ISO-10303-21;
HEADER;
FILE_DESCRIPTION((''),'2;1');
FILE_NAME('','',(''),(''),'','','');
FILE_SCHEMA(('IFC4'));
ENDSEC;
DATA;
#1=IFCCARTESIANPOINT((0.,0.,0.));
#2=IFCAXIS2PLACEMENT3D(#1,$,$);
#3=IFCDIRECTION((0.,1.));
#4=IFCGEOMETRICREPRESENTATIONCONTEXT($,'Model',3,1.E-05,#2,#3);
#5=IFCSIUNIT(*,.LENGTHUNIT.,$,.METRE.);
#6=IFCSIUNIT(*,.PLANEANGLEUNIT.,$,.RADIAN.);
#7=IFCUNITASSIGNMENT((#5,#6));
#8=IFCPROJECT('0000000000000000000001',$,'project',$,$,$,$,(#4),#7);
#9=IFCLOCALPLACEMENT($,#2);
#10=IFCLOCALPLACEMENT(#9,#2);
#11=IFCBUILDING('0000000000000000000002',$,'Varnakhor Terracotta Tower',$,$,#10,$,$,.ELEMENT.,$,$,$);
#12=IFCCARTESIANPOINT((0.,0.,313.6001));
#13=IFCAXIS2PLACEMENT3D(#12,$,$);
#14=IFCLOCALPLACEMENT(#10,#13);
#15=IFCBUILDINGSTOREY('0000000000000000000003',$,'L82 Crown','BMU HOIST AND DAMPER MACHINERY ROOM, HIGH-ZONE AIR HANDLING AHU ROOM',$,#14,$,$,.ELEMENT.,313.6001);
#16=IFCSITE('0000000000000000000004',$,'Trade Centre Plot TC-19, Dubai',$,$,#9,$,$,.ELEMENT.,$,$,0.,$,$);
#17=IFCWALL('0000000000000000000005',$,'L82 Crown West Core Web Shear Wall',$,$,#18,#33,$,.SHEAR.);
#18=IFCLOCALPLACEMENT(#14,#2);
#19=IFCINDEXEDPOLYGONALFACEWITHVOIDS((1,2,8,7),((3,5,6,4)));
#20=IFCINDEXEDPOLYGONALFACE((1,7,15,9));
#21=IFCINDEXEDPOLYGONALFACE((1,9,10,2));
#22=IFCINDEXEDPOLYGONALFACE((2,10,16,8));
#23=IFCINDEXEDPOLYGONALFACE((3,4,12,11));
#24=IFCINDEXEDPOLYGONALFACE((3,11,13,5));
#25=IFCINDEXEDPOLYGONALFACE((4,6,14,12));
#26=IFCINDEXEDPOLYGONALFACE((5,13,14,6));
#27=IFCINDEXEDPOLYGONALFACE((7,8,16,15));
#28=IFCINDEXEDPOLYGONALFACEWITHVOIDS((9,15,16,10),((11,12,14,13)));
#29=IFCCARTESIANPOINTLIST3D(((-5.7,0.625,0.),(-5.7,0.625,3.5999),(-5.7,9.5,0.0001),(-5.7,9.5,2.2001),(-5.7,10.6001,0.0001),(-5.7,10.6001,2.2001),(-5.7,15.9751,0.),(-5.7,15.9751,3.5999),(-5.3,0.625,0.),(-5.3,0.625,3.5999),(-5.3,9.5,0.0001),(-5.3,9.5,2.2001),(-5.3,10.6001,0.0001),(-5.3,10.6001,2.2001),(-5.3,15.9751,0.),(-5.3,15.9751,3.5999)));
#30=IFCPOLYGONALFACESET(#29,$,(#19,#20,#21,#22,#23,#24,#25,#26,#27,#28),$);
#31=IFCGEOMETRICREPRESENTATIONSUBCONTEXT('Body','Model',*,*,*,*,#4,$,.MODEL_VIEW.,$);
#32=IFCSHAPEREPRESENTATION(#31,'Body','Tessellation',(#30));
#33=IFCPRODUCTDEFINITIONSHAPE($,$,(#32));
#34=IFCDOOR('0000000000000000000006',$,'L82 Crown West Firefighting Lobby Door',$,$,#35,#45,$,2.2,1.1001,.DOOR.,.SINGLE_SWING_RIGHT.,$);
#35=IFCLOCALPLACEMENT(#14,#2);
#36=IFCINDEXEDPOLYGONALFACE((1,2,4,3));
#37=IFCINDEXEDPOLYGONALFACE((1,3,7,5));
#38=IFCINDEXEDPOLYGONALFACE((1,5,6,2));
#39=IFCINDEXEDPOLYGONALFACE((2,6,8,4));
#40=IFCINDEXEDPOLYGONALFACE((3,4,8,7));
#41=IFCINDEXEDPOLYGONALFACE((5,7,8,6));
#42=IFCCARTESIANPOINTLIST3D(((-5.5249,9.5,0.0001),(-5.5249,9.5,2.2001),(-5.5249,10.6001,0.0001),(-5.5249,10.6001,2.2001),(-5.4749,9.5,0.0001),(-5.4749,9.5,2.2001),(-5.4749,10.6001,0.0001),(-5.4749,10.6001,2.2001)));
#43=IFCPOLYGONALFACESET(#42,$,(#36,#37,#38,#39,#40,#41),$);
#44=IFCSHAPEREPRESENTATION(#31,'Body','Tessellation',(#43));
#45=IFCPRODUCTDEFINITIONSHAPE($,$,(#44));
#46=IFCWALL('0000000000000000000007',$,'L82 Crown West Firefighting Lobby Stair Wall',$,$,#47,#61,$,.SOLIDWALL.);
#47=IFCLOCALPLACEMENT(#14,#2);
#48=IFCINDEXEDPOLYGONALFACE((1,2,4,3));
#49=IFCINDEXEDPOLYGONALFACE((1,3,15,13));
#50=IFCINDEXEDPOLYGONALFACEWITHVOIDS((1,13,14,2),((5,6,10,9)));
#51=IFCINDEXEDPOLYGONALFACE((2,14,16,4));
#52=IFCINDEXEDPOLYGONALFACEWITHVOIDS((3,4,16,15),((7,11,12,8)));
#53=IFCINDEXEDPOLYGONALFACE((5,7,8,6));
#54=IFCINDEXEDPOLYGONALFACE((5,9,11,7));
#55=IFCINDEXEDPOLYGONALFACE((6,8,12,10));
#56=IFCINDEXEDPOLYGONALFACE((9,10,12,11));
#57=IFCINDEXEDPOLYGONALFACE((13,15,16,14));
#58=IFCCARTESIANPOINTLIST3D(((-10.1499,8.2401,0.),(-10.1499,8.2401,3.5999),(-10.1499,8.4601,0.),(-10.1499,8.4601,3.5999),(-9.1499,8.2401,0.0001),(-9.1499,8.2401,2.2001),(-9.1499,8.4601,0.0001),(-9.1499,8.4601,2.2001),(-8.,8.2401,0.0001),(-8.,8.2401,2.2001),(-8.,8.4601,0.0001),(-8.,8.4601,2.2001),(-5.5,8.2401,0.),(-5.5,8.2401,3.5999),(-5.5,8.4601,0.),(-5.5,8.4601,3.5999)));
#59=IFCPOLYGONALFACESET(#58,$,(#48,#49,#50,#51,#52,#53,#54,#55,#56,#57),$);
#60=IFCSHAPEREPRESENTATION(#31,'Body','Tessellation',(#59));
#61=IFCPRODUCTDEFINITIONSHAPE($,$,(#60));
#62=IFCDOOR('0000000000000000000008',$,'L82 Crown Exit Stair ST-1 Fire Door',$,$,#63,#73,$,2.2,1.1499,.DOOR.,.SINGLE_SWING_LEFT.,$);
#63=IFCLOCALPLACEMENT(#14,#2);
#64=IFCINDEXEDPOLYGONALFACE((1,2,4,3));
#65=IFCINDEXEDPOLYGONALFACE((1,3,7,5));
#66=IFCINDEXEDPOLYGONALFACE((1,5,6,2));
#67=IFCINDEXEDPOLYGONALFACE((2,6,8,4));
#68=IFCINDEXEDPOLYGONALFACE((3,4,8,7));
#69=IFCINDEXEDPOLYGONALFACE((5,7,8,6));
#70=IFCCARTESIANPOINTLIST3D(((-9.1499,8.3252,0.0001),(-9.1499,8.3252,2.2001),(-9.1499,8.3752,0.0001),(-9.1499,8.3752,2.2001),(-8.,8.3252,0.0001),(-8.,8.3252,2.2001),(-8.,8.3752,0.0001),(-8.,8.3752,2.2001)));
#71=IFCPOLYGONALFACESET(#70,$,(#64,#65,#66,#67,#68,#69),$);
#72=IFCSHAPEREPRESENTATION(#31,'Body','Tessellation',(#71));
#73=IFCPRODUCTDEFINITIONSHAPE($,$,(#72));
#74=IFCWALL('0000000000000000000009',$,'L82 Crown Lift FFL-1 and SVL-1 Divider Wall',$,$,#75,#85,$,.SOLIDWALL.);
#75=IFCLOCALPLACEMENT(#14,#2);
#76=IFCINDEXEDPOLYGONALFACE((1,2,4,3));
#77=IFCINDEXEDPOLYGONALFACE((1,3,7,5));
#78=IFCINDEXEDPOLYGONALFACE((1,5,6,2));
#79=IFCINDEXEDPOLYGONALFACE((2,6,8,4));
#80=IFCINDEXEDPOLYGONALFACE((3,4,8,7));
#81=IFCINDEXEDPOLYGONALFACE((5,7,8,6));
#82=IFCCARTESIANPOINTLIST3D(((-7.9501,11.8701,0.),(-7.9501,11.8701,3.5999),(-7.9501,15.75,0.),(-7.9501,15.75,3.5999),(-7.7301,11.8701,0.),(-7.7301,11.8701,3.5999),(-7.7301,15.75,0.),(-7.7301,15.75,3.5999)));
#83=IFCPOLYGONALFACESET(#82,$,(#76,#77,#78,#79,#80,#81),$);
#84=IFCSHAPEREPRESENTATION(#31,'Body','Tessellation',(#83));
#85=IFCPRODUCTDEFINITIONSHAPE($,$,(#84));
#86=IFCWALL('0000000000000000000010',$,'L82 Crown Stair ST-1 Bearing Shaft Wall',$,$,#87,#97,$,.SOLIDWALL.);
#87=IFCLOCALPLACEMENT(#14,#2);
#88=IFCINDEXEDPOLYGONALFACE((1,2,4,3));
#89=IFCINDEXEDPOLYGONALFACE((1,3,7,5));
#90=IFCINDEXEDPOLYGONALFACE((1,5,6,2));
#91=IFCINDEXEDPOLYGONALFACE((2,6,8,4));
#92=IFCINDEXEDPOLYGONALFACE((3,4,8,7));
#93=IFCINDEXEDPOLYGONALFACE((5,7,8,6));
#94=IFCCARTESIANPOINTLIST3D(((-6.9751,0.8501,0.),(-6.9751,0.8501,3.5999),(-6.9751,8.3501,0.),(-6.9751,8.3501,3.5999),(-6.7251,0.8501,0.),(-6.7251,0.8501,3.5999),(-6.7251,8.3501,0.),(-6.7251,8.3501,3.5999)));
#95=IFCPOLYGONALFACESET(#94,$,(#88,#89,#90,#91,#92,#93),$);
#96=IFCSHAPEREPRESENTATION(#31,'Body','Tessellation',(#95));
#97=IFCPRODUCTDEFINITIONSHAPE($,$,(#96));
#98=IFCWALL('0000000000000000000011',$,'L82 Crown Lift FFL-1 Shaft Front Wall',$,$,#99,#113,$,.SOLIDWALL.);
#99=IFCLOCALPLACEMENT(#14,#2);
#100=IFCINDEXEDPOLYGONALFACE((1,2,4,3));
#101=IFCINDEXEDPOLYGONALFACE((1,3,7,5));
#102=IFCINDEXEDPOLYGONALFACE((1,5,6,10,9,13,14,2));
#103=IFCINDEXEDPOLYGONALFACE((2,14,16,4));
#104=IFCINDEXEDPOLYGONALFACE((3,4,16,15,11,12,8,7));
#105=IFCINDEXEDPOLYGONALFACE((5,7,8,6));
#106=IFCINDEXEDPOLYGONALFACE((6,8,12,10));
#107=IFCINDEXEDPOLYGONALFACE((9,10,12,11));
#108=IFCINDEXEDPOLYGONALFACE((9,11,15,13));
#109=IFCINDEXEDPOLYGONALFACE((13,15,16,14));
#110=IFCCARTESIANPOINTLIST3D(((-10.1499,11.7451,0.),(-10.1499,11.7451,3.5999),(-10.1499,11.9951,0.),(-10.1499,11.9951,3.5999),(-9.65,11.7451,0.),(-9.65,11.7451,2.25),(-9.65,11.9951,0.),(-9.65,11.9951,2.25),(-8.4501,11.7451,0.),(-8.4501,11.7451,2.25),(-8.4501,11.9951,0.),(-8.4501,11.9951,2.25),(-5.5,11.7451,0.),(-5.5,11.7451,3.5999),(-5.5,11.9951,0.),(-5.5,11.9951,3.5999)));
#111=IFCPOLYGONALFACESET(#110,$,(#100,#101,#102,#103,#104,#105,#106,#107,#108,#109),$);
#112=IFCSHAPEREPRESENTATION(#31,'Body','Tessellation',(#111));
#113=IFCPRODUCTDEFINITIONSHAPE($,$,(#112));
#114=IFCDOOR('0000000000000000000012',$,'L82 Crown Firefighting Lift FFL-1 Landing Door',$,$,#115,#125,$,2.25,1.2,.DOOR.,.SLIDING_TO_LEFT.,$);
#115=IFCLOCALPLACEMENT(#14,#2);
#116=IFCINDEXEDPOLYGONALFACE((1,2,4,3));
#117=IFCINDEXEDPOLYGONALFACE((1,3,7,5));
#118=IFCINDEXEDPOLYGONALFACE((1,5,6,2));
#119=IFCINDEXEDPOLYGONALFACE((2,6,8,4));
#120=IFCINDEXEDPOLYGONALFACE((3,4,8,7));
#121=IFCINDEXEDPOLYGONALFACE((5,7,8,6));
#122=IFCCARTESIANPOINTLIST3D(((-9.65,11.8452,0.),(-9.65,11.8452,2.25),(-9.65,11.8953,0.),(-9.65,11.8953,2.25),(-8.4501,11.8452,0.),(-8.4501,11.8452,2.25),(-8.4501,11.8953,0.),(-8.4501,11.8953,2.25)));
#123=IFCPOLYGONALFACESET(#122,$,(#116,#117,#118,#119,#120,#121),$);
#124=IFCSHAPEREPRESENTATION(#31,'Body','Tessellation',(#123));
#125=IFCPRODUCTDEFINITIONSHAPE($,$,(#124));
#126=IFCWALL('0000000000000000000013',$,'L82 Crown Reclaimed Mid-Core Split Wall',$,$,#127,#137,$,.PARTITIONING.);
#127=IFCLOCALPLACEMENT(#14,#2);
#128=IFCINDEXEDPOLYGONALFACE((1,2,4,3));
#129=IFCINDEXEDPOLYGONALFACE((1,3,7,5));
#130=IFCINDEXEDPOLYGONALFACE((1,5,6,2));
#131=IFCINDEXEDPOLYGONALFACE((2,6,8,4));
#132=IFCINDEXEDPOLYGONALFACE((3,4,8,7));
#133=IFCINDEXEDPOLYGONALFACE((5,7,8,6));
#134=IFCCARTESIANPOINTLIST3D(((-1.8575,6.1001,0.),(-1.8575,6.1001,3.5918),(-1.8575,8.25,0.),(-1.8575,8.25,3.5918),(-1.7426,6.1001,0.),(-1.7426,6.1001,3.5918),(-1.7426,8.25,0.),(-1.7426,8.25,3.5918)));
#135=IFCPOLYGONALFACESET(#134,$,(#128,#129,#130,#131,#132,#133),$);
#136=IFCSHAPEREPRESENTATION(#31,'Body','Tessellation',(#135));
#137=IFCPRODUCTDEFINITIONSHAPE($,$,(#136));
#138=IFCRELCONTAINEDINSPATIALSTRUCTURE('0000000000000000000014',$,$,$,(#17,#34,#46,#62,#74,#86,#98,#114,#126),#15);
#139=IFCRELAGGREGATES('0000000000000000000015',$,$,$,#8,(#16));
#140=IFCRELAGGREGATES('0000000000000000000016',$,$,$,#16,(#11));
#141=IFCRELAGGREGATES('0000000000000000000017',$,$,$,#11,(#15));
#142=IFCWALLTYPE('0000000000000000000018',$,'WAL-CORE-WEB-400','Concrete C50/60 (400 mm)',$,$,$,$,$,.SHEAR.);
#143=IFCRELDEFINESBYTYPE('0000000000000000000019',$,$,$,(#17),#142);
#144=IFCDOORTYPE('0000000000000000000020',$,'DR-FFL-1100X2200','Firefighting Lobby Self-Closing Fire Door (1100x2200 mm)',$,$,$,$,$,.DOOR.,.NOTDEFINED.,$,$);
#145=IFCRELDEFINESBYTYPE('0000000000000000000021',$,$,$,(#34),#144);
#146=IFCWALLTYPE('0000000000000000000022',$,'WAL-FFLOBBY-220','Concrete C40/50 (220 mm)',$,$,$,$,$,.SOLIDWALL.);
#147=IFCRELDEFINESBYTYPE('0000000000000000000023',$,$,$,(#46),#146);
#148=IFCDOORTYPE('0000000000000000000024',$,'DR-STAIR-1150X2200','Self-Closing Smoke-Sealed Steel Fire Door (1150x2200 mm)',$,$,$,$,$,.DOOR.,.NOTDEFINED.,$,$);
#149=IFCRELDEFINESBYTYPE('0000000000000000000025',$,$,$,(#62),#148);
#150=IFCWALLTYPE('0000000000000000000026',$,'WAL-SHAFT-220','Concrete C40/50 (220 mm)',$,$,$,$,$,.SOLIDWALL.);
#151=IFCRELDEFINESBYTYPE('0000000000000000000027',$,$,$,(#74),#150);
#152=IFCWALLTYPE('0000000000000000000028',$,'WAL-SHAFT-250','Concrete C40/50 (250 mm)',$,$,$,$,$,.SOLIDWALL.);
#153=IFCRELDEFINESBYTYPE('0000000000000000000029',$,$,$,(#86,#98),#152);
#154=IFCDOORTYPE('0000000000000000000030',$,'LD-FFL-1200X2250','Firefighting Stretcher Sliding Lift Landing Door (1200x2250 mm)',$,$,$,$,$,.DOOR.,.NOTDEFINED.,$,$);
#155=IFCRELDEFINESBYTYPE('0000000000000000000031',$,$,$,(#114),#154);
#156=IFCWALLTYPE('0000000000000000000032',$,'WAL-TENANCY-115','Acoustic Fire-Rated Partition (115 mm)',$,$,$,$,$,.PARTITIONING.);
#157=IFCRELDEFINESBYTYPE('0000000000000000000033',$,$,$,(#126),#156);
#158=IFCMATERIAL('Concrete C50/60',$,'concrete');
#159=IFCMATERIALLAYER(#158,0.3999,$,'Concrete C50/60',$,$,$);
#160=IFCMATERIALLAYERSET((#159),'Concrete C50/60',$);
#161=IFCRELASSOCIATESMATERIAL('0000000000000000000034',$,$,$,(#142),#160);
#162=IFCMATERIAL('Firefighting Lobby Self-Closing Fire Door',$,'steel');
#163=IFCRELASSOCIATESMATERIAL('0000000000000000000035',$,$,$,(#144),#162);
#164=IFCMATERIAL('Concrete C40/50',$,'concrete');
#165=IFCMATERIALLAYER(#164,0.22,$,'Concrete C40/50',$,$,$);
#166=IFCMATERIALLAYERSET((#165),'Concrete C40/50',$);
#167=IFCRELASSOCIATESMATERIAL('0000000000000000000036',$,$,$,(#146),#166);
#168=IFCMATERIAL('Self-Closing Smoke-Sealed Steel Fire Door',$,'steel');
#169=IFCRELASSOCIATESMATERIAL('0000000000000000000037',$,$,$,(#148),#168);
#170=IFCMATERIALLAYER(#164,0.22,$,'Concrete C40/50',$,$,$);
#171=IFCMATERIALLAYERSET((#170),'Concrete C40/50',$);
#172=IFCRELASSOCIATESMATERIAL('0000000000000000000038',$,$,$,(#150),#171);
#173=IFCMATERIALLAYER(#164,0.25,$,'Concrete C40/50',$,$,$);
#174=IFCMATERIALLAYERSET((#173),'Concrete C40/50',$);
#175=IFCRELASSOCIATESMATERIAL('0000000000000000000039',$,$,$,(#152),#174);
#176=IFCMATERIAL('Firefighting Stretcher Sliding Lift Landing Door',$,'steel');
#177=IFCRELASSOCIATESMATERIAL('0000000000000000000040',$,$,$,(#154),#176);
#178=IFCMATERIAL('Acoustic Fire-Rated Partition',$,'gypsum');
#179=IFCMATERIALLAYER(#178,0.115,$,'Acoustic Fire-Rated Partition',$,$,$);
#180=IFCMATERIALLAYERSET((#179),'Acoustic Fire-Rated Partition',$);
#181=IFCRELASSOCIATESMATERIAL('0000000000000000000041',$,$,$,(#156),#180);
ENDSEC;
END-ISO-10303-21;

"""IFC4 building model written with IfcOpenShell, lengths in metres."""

from ifc_helpers import new_model, si_unit, direction, frame, frame_2d, origin, place, context, subcontext, project, spatial, rectangle, extrude, source, transform, mapped, material, layer, layer_set, type_object, type_shapes, element, fill, save


model = new_model("IFC4")

# Units and contexts
model_context = context("Model", 3, precision=1e-05, world=origin(), true_north=direction((0.0, 1.0)))
body_context = subcontext(model_context, "Body", "Model", "MODEL_VIEW")
ifc_project = project(units=[si_unit("LENGTHUNIT", "METRE"), si_unit("PLANEANGLEUNIT", "RADIAN")], contexts=[model_context])

# Site, building, storey
site_placement = place(None, origin())
site = spatial("IfcSite", under=ifc_project, at=site_placement, Name="Trade Centre Plot TC-19, Dubai", CompositionType="ELEMENT", RefElevation=0.0)
building_placement = place(site_placement, origin())
building = spatial("IfcBuilding", under=site, at=building_placement, Name="Varnakhor Terracotta Tower", CompositionType="ELEMENT")
storey_placement = place(building_placement, frame((0.0, 0.0, 313.6001)))
storey = spatial("IfcBuildingStorey", under=building, at=storey_placement, Name="L82 Crown", Description="BMU HOIST AND DAMPER MACHINERY ROOM, HIGH-ZONE AIR HANDLING AHU ROOM", CompositionType="ELEMENT", Elevation=313.6001)

# Shared definitions
ifc_material_1 = material(Name="Concrete C50/60", Category="concrete")

# Walls, openings, doors
ifc_layer_1 = layer(ifc_material_1, 0.3999, Name="Concrete C50/60")
ifc_layer_set_1 = layer_set([ifc_layer_1], Name="Concrete C50/60")
wall_type_1 = type_object("IfcWallType", Name="WAL-CORE-WEB-400", Description="Concrete C50/60 (400 mm)", PredefinedType="SHEAR", material=ifc_layer_set_1)
wall_1_placement = place(storey_placement, frame((-5.5, 0.625, 0.0), z_axis=(0.0, 0.0, 1.0), x_axis=(0.0, 1.0, 0.0)))
wall_1 = element("IfcWall", 1, at=wall_1_placement, inside=storey, type_object=wall_type_1, Name="L82 Crown West Core Web Shear Wall", PredefinedType="SHEAR", context=body_context, shape_type="SweptSolid", body=[
    extrude(rectangle(XDim=15.3501, YDim=0.3999, at=frame_2d((7.675, 0.0))), origin(), (0.0, 0.0, 1.0), 3.5999),
])
opening_1_placement = place(wall_1_placement, frame((8.875, 0.0, 0.0)))
opening_1 = element("IfcOpeningElement", 2, at=opening_1_placement, cuts=wall_1, PredefinedType="OPENING", context=body_context, shape_type="SweptSolid", body=[
    extrude(rectangle(XDim=1.1001, YDim=2.2, at=frame_2d((0.55, 1.1001))), frame((0.0, 0.21, 0.0), z_axis=(0.0, -1.0, 0.0), x_axis=(1.0, 0.0, 0.0)), (0.0, 0.0, 1.0), 0.4199),
])
ifc_material_2 = material(Name="Firefighting Lobby Self-Closing Fire Door", Category="steel")
door_type_1 = type_object("IfcDoorType", Name="DR-FFL-1100X2200", Description="Firefighting Lobby Self-Closing Fire Door (1100x2200 mm)", OperationType="NOTDEFINED", PredefinedType="DOOR", material=ifc_material_2)
shared_shape_1 = source(origin(), body_context, "Body", "SweptSolid", [
    extrude(rectangle(XDim=1.1001, YDim=2.2, at=frame_2d((0.55, 1.1001))), frame((0.0, 0.0249, 0.0), z_axis=(0.0, -1.0, 0.0), x_axis=(1.0, 0.0, 0.0)), (0.0, 0.0, 1.0), 0.05),
])
type_shapes(door_type_1, [shared_shape_1])
door_1_placement = place(opening_1_placement, origin())
door_1 = element("IfcDoor", 3, at=door_1_placement, inside=storey, type_object=door_type_1, Name="L82 Crown West Firefighting Lobby Door", OperationType="SINGLE_SWING_RIGHT", OverallHeight=2.2, OverallWidth=1.1001, PredefinedType="DOOR", context=body_context, shape_type="MappedRepresentation", body=[
    mapped(shared_shape_1, transform((0.0, 0.0, 0.0), scale=1.0)),
])
fill(opening_1, door_1)
ifc_material_3 = material(Name="Concrete C40/50", Category="concrete")
ifc_layer_2 = layer(ifc_material_3, 0.22, Name="Concrete C40/50")
ifc_layer_set_2 = layer_set([ifc_layer_2], Name="Concrete C40/50")
wall_type_2 = type_object("IfcWallType", Name="WAL-FFLOBBY-220", Description="Concrete C40/50 (220 mm)", PredefinedType="SOLIDWALL", material=ifc_layer_set_2)
wall_2_placement = place(storey_placement, frame((-5.5, 8.3501, 0.0), z_axis=(0.0, 0.0, 1.0), x_axis=(-1.0, 0.0, 0.0)))
wall_2 = element("IfcWall", 4, at=wall_2_placement, inside=storey, type_object=wall_type_2, Name="L82 Crown West Firefighting Lobby Stair Wall", PredefinedType="SOLIDWALL", context=body_context, shape_type="SweptSolid", body=[
    extrude(rectangle(XDim=4.6499, YDim=0.22, at=frame_2d((2.325, 0.0))), origin(), (0.0, 0.0, 1.0), 3.5999),
])
opening_2_placement = place(wall_2_placement, frame((2.5, 0.0, 0.0)))
opening_2 = element("IfcOpeningElement", 5, at=opening_2_placement, cuts=wall_2, PredefinedType="OPENING", context=body_context, shape_type="SweptSolid", body=[
    extrude(rectangle(XDim=1.1499, YDim=2.2, at=frame_2d((0.575, 1.1001))), frame((0.0, 0.1201, 0.0), z_axis=(0.0, -1.0, 0.0), x_axis=(1.0, 0.0, 0.0)), (0.0, 0.0, 1.0), 0.24),
])
ifc_material_4 = material(Name="Self-Closing Smoke-Sealed Steel Fire Door", Category="steel")
door_type_2 = type_object("IfcDoorType", Name="DR-STAIR-1150X2200", Description="Self-Closing Smoke-Sealed Steel Fire Door (1150x2200 mm)", OperationType="NOTDEFINED", PredefinedType="DOOR", material=ifc_material_4)
shared_shape_2 = source(origin(), body_context, "Body", "SweptSolid", [
    extrude(rectangle(XDim=1.1499, YDim=2.2, at=frame_2d((0.575, 1.1001))), frame((0.0, 0.0249, 0.0), z_axis=(0.0, -1.0, 0.0), x_axis=(1.0, 0.0, 0.0)), (0.0, 0.0, 1.0), 0.05),
])
type_shapes(door_type_2, [shared_shape_2])
door_2_placement = place(opening_2_placement, origin())
door_2 = element("IfcDoor", 6, at=door_2_placement, inside=storey, type_object=door_type_2, Name="L82 Crown Exit Stair ST-1 Fire Door", OperationType="SINGLE_SWING_LEFT", OverallHeight=2.2, OverallWidth=1.1499, PredefinedType="DOOR", context=body_context, shape_type="MappedRepresentation", body=[
    mapped(shared_shape_2, transform((0.0, 0.0, 0.0), scale=1.0)),
])
fill(opening_2, door_2)

# Walls
ifc_layer_3 = layer(ifc_material_3, 0.22, Name="Concrete C40/50")
ifc_layer_set_3 = layer_set([ifc_layer_3], Name="Concrete C40/50")
wall_type_3 = type_object("IfcWallType", Name="WAL-SHAFT-220", Description="Concrete C40/50 (220 mm)", PredefinedType="SOLIDWALL", material=ifc_layer_set_3)
wall_3_placement = place(storey_placement, frame((-7.8401, 11.8701, 0.0), z_axis=(0.0, 0.0, 1.0), x_axis=(0.0, 1.0, 0.0)))
element("IfcWall", 7, at=wall_3_placement, inside=storey, type_object=wall_type_3, Name="L82 Crown Lift FFL-1 and SVL-1 Divider Wall", PredefinedType="SOLIDWALL", context=body_context, shape_type="SweptSolid", body=[
    extrude(rectangle(XDim=3.8799, YDim=0.22, at=frame_2d((1.9399, 0.0))), origin(), (0.0, 0.0, 1.0), 3.5999),
])
ifc_layer_4 = layer(ifc_material_3, 0.25, Name="Concrete C40/50")
ifc_layer_set_4 = layer_set([ifc_layer_4], Name="Concrete C40/50")
wall_type_4 = type_object("IfcWallType", Name="WAL-SHAFT-250", Description="Concrete C40/50 (250 mm)", PredefinedType="SOLIDWALL", material=ifc_layer_set_4)
wall_4_placement = place(storey_placement, frame((-6.8501, 0.8501, 0.0), z_axis=(0.0, 0.0, 1.0), x_axis=(0.0, 1.0, 0.0)))
element("IfcWall", 8, at=wall_4_placement, inside=storey, type_object=wall_type_4, Name="L82 Crown Stair ST-1 Bearing Shaft Wall", PredefinedType="SOLIDWALL", context=body_context, shape_type="SweptSolid", body=[
    extrude(rectangle(XDim=7.5, YDim=0.25, at=frame_2d((3.75, 0.0))), origin(), (0.0, 0.0, 1.0), 3.5999),
])

# Wall, opening, door
wall_5_placement = place(storey_placement, frame((-5.5, 11.8701, 0.0), z_axis=(0.0, 0.0, 1.0), x_axis=(-1.0, 0.0, 0.0)))
wall_5 = element("IfcWall", 9, at=wall_5_placement, inside=storey, type_object=wall_type_4, Name="L82 Crown Lift FFL-1 Shaft Front Wall", PredefinedType="SOLIDWALL", context=body_context, shape_type="SweptSolid", body=[
    extrude(rectangle(XDim=4.6499, YDim=0.25, at=frame_2d((2.325, 0.0))), origin(), (0.0, 0.0, 1.0), 3.5999),
])
opening_3_placement = place(wall_5_placement, frame((2.95, 0.0, 0.0)))
opening_3 = element("IfcOpeningElement", 10, at=opening_3_placement, cuts=wall_5, PredefinedType="OPENING", context=body_context, shape_type="SweptSolid", body=[
    extrude(rectangle(XDim=1.2, YDim=2.25, at=frame_2d((0.6001, 1.125))), frame((0.0, 0.135, 0.0), z_axis=(0.0, -1.0, 0.0), x_axis=(1.0, 0.0, 0.0)), (0.0, 0.0, 1.0), 0.27),
])
ifc_material_5 = material(Name="Firefighting Stretcher Sliding Lift Landing Door", Category="steel")
door_type_3 = type_object("IfcDoorType", Name="LD-FFL-1200X2250", Description="Firefighting Stretcher Sliding Lift Landing Door (1200x2250 mm)", OperationType="NOTDEFINED", PredefinedType="DOOR", material=ifc_material_5)
shared_shape_3 = source(origin(), body_context, "Body", "SweptSolid", [
    extrude(rectangle(XDim=1.2, YDim=2.25, at=frame_2d((0.6001, 1.125))), frame((0.0, 0.0249, 0.0), z_axis=(0.0, -1.0, 0.0), x_axis=(1.0, 0.0, 0.0)), (0.0, 0.0, 1.0), 0.05),
])
type_shapes(door_type_3, [shared_shape_3])
door_3_placement = place(opening_3_placement, origin())
door_3 = element("IfcDoor", 11, at=door_3_placement, inside=storey, type_object=door_type_3, Name="L82 Crown Firefighting Lift FFL-1 Landing Door", OperationType="SLIDING_TO_LEFT", OverallHeight=2.25, OverallWidth=1.2, PredefinedType="DOOR", context=body_context, shape_type="MappedRepresentation", body=[
    mapped(shared_shape_3, transform((0.0, 0.0, 0.0), scale=1.0)),
])
fill(opening_3, door_3)

# Wall
ifc_material_6 = material(Name="Acoustic Fire-Rated Partition", Category="gypsum")
ifc_layer_5 = layer(ifc_material_6, 0.115, Name="Acoustic Fire-Rated Partition")
ifc_layer_set_5 = layer_set([ifc_layer_5], Name="Acoustic Fire-Rated Partition")
wall_type_5 = type_object("IfcWallType", Name="WAL-TENANCY-115", Description="Acoustic Fire-Rated Partition (115 mm)", PredefinedType="PARTITIONING", material=ifc_layer_set_5)
wall_6_placement = place(storey_placement, frame((-1.8, 6.1001, 0.0), z_axis=(0.0, 0.0, 1.0), x_axis=(0.0, 1.0, 0.0)))
element("IfcWall", 12, at=wall_6_placement, inside=storey, type_object=wall_type_5, Name="L82 Crown Reclaimed Mid-Core Split Wall", PredefinedType="PARTITIONING", context=body_context, shape_type="SweptSolid", body=[
    extrude(rectangle(XDim=2.1499, YDim=0.115, at=frame_2d((1.075, 0.0))), origin(), (0.0, 0.0, 1.0), 3.5918),
])

save(model, "model.ifc")
